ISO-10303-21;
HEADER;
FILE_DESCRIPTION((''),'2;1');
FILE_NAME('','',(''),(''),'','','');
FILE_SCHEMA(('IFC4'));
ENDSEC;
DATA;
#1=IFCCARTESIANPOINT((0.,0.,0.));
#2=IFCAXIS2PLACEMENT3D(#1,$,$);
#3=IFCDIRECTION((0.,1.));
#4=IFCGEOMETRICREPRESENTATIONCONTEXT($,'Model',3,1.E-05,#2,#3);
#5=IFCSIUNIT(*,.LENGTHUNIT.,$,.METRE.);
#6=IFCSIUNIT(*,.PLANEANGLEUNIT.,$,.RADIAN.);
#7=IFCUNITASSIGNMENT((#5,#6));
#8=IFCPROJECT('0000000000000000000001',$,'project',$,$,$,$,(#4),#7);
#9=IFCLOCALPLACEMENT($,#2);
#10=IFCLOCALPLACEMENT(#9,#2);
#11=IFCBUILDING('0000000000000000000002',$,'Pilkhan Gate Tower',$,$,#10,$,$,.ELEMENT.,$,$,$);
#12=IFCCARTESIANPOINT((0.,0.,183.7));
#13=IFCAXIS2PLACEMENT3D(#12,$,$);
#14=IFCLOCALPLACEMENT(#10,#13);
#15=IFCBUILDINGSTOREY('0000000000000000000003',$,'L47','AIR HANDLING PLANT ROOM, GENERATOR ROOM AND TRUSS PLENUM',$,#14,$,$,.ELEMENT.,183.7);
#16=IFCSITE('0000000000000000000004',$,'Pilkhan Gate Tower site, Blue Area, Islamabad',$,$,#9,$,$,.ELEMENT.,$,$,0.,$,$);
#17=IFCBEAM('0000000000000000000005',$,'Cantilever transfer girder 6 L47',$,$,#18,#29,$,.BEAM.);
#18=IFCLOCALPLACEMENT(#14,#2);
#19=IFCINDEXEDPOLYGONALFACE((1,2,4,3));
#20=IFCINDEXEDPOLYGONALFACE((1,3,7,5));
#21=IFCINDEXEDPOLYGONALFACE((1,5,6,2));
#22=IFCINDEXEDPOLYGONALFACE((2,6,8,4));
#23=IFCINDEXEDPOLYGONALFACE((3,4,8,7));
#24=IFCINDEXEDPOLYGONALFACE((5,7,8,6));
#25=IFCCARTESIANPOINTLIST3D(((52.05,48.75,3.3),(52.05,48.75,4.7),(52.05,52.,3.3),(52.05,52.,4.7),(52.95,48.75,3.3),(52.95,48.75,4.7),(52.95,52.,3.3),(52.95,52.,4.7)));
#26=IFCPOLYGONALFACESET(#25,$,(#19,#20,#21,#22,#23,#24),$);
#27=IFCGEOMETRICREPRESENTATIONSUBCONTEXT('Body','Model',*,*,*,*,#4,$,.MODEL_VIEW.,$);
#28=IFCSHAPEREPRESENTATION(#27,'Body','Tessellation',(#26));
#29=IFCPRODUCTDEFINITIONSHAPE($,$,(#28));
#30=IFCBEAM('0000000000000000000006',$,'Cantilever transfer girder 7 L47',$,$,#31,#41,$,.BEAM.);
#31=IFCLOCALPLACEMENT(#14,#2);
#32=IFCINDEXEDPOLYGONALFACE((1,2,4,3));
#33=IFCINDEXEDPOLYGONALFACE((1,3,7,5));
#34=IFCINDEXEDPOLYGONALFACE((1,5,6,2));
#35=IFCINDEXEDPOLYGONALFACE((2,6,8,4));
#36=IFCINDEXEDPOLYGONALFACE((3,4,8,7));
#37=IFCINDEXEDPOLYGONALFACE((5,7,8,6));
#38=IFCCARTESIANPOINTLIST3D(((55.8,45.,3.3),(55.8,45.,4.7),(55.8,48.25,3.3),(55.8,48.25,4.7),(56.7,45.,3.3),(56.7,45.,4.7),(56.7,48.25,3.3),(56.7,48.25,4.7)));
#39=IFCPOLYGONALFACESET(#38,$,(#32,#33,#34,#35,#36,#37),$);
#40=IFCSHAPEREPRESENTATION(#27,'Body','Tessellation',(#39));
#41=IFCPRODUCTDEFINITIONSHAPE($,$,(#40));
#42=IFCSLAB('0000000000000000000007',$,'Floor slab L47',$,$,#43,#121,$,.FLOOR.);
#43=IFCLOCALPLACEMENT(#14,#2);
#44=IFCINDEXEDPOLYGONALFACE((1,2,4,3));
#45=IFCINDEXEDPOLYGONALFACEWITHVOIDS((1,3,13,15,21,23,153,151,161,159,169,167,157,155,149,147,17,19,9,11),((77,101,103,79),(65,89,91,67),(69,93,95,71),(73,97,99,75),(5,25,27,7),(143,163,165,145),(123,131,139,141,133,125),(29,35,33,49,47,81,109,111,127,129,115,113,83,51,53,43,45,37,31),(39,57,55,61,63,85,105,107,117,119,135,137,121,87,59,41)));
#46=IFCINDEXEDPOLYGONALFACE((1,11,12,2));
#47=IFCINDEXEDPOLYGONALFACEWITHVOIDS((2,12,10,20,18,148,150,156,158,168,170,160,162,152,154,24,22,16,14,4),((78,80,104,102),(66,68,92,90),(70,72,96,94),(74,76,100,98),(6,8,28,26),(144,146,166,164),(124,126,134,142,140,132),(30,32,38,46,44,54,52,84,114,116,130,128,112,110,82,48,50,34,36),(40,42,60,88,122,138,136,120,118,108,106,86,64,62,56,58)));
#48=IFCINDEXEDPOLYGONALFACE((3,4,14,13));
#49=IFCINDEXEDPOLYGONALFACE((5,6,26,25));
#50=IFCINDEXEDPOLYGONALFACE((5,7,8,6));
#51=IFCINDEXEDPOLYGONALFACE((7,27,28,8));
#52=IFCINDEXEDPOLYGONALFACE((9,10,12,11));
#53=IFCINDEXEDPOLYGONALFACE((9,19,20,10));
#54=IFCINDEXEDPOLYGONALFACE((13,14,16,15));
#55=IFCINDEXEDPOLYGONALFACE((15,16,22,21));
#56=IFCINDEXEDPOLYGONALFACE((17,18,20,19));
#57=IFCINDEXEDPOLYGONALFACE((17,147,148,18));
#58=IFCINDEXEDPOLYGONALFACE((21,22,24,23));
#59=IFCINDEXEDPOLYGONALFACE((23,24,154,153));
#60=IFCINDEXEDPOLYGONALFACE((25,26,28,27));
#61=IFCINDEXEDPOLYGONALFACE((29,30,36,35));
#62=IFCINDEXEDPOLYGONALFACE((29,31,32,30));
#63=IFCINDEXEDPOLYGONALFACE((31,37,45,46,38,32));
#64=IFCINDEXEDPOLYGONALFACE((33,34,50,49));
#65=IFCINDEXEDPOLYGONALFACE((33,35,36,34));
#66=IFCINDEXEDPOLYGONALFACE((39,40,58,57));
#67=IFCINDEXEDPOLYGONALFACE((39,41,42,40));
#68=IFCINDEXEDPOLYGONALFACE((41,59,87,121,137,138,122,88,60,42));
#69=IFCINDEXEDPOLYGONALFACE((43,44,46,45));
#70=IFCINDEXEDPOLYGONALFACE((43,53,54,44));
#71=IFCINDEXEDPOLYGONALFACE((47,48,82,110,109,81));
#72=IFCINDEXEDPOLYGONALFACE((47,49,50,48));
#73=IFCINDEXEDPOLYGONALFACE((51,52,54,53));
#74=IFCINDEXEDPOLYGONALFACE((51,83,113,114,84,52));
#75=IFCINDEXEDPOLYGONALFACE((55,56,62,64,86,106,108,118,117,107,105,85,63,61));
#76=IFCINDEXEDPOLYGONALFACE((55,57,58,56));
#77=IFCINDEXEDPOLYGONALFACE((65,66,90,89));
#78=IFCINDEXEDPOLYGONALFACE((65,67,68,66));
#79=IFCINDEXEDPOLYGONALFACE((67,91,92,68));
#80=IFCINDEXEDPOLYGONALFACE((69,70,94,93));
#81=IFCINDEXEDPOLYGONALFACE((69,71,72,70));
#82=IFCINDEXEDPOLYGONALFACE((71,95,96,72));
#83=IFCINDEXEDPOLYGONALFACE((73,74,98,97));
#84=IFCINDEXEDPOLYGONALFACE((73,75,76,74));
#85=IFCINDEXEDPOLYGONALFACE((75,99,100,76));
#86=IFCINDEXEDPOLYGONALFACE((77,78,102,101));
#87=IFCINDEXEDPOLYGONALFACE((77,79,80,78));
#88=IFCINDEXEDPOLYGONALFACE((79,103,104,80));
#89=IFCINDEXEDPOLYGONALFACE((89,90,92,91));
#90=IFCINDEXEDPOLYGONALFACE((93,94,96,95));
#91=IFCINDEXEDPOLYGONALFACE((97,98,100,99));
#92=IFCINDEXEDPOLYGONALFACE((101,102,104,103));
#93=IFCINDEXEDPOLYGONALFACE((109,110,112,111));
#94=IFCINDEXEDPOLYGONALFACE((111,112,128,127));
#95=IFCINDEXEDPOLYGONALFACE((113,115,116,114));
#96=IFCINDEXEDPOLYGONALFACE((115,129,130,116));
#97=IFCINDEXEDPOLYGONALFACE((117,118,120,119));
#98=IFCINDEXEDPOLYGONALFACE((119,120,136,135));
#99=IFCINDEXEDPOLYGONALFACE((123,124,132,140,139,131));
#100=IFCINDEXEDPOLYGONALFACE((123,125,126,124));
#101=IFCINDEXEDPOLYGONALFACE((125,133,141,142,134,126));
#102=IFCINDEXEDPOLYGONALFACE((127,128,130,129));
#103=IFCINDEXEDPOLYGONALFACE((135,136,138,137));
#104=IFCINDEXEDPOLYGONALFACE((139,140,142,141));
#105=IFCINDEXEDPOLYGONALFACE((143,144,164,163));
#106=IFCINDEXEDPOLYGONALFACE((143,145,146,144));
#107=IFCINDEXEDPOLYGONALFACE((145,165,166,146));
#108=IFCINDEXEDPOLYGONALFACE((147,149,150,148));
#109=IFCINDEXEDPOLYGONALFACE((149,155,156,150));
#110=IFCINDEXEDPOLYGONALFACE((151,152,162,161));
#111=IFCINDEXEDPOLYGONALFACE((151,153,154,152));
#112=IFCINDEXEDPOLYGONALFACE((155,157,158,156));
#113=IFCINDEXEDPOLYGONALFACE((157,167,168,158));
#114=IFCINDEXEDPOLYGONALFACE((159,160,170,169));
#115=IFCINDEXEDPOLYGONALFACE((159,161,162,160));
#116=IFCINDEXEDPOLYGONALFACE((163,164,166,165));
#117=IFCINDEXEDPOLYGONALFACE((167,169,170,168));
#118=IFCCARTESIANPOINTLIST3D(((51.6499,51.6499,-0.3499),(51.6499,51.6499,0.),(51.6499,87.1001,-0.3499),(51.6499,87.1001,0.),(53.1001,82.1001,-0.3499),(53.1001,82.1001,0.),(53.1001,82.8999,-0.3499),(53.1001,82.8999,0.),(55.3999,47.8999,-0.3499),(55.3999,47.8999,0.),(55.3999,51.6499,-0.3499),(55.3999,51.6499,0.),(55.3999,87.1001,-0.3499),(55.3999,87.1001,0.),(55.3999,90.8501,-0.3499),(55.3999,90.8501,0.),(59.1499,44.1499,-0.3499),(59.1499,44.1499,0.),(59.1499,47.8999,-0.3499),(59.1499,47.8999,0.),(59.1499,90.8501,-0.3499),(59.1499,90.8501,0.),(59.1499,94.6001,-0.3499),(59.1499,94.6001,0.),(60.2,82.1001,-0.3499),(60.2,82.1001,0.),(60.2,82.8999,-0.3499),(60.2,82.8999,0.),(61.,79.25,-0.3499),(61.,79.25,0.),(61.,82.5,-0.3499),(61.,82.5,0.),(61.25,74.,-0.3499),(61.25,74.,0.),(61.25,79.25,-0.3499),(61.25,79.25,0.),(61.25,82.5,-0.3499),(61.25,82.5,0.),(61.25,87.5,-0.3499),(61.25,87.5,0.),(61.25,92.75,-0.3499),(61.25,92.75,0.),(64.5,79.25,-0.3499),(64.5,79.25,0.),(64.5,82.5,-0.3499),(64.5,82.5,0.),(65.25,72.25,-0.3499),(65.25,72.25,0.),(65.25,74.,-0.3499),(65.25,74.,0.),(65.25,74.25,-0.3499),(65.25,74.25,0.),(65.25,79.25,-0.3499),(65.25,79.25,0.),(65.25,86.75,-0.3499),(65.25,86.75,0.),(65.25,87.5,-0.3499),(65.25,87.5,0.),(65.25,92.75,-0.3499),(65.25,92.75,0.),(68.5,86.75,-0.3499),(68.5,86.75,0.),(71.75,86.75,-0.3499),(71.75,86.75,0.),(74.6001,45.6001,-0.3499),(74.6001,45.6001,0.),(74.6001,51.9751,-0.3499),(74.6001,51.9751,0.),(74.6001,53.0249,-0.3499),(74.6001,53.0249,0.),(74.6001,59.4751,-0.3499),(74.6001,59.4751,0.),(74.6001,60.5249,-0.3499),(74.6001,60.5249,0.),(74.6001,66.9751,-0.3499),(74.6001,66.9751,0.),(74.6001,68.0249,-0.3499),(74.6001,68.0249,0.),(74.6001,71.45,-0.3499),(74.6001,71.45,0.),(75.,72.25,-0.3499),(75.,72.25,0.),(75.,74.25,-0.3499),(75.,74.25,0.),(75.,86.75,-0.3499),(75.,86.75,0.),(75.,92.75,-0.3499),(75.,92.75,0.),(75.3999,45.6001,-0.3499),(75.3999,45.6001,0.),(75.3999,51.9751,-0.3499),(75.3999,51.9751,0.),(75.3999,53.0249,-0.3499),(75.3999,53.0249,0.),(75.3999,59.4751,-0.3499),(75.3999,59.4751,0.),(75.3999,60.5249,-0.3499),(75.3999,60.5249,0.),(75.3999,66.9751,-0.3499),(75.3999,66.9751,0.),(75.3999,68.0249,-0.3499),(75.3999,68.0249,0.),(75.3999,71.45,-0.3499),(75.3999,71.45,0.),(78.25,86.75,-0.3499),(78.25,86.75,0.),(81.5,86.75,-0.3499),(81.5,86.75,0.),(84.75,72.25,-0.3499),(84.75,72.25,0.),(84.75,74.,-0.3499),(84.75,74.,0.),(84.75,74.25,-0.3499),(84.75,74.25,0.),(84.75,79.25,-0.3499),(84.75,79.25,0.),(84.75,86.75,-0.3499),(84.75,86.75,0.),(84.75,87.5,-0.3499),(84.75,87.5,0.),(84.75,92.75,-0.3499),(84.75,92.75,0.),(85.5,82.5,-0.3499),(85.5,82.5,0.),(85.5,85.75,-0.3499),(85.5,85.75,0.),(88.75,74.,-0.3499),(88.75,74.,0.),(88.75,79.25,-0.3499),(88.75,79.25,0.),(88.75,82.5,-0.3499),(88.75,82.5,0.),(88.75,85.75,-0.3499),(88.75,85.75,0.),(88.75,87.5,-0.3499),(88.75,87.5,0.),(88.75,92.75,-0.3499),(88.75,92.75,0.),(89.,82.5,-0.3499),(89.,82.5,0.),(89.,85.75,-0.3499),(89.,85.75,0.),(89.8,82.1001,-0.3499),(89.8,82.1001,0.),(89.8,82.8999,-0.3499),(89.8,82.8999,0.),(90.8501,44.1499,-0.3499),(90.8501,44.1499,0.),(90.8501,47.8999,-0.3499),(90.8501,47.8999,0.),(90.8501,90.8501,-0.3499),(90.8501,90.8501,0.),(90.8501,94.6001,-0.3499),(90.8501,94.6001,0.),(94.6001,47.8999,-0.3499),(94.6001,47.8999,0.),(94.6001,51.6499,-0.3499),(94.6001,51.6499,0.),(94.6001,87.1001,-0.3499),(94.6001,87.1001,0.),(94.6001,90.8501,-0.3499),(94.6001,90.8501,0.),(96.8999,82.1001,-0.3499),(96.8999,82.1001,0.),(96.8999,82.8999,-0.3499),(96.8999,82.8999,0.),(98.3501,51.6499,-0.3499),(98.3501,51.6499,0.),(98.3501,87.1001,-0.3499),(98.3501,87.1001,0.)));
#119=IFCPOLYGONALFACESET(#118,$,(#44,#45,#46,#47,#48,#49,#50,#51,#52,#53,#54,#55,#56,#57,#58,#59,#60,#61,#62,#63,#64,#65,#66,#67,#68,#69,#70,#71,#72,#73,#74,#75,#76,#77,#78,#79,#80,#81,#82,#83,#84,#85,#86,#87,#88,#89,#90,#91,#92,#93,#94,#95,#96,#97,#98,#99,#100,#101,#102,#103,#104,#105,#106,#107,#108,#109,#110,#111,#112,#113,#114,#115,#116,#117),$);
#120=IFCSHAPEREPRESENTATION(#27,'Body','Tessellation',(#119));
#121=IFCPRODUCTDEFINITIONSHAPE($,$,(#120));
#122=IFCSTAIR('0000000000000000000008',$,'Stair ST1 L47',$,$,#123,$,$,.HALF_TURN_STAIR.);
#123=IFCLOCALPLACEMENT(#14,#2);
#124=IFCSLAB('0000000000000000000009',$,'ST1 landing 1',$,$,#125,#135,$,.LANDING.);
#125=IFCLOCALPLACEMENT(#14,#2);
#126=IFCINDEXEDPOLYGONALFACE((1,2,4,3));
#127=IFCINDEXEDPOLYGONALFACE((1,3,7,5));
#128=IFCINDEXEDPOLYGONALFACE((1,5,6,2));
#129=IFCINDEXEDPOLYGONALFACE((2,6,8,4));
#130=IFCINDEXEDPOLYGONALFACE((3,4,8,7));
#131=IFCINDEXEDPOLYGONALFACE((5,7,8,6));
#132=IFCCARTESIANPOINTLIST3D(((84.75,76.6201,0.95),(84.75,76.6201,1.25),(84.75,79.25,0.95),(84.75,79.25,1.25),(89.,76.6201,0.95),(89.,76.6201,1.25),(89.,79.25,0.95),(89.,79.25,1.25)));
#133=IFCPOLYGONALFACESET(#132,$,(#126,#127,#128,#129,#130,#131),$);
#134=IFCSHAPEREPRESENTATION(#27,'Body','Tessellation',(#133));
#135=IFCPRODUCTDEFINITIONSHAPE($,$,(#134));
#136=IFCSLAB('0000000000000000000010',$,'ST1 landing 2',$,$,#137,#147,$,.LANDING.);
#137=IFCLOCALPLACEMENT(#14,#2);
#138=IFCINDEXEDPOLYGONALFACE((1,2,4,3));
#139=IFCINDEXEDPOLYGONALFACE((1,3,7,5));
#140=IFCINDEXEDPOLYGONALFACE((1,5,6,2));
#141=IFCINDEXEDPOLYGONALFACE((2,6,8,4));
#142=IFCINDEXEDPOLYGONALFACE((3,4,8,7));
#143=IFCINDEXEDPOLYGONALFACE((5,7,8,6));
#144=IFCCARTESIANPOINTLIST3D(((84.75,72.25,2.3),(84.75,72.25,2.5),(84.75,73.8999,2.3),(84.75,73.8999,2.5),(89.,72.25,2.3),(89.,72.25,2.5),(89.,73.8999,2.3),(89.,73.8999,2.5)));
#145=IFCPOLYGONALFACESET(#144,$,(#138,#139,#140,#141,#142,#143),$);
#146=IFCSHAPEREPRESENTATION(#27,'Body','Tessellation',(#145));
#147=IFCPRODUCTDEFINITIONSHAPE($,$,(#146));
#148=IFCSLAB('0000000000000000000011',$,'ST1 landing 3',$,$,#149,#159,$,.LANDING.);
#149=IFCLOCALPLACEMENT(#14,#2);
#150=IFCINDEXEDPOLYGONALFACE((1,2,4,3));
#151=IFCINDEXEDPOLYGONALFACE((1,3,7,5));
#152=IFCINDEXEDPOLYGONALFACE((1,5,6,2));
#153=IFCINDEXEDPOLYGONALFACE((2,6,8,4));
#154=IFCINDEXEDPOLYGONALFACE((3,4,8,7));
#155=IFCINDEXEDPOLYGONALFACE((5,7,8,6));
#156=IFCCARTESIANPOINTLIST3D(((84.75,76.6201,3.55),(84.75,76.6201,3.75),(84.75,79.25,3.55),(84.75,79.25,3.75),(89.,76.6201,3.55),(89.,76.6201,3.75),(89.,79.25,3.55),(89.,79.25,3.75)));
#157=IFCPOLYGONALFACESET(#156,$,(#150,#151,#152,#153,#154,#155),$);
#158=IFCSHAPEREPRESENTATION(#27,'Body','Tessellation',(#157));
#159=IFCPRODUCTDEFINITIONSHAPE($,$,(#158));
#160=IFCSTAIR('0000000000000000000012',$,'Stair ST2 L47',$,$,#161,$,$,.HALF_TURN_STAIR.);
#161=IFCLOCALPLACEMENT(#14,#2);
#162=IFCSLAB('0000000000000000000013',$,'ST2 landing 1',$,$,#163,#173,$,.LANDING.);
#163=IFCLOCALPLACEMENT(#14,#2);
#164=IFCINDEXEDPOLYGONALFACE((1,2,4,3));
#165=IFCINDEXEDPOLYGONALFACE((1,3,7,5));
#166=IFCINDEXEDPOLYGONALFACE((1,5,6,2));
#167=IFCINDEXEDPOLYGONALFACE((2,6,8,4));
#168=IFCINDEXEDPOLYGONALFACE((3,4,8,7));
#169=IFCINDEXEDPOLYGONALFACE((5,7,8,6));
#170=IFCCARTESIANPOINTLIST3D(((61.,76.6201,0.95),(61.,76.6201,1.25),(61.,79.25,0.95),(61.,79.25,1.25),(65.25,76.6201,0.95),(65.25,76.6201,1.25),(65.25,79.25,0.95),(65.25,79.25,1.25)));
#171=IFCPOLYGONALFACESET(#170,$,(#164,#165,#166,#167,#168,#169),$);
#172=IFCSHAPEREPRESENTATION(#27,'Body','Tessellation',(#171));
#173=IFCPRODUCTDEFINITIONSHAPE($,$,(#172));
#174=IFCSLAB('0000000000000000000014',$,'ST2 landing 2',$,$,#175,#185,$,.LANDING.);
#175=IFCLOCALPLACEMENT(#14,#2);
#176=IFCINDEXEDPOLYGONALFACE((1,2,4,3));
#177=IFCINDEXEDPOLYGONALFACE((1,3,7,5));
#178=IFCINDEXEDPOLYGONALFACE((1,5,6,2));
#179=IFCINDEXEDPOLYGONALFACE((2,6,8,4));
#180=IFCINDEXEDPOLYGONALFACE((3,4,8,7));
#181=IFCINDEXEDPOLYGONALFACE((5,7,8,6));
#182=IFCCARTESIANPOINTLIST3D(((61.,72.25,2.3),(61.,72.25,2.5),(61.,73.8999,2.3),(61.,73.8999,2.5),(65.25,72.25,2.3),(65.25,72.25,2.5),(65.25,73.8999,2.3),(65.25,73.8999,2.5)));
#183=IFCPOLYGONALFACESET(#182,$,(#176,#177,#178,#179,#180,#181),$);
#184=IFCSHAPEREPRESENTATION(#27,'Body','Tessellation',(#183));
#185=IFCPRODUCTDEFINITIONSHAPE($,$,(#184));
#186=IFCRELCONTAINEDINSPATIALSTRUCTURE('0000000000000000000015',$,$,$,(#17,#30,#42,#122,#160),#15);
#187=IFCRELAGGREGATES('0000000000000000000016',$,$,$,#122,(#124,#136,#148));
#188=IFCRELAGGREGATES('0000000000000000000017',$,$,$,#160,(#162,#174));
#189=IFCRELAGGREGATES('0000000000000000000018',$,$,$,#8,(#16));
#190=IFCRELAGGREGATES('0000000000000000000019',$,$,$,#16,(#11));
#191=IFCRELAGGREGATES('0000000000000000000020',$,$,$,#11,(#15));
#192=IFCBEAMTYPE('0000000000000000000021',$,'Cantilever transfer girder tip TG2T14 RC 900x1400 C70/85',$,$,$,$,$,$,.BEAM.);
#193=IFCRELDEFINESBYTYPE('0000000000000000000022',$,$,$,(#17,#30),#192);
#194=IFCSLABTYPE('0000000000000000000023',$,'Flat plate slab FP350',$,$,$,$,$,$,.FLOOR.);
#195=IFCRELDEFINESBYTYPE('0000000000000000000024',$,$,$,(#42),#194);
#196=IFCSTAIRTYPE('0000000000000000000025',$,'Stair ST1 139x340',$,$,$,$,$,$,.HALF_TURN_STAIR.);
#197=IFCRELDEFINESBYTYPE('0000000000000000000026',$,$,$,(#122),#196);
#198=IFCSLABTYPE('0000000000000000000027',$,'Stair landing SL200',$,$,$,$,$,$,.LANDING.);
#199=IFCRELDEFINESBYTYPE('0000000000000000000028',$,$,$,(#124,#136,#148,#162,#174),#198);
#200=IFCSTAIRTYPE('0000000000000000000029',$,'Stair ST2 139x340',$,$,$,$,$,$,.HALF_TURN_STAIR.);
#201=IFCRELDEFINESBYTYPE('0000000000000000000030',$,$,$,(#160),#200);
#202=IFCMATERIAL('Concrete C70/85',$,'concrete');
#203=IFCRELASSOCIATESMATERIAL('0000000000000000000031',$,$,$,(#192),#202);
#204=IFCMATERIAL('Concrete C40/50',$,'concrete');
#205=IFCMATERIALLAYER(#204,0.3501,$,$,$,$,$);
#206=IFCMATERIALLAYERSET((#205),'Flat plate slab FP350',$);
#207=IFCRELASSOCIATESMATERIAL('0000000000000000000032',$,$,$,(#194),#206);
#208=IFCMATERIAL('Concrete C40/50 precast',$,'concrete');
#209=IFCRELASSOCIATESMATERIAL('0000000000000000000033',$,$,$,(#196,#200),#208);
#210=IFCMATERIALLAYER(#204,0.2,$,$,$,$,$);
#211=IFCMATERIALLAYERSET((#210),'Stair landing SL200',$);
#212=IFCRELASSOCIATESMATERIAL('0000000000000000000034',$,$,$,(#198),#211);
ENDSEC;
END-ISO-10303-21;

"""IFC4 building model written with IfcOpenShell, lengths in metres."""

from ifc_helpers import new_model, si_unit, direction, frame, origin, origin_2d, place, context, subcontext, project, spatial, polyline, rectangle, outline, extrude, material, layer, layer_set, material_profile, profile_set, type_object, element, aggregate, save


model = new_model("IFC4")

# Units and contexts
model_context = context("Model", 3, precision=1e-05, world=origin(), true_north=direction((0.0, 1.0)))
body_context = subcontext(model_context, "Body", "Model", "MODEL_VIEW")
ifc_project = project(units=[si_unit("LENGTHUNIT", "METRE"), si_unit("PLANEANGLEUNIT", "RADIAN")], contexts=[model_context])

# Site, building, storey
site_placement = place(None, origin())
site = spatial("IfcSite", under=ifc_project, at=site_placement, Name="Pilkhan Gate Tower site, Blue Area, Islamabad", CompositionType="ELEMENT", RefElevation=0.0)
building_placement = place(site_placement, origin())
building = spatial("IfcBuilding", under=site, at=building_placement, Name="Pilkhan Gate Tower", CompositionType="ELEMENT")
storey_placement = place(building_placement, frame((0.0, 0.0, 183.7)))
storey = spatial("IfcBuildingStorey", under=building, at=storey_placement, Name="L47", Description="AIR HANDLING PLANT ROOM, GENERATOR ROOM AND TRUSS PLENUM", CompositionType="ELEMENT", Elevation=183.7)

# Beams
ifc_material_1 = material(Name="Concrete C70/85", Category="concrete")
ifc_material_profile = material_profile(ifc_material_1, rectangle(XDim=0.8999, YDim=1.3999, at=origin_2d()), Name="RC 900x1400")
ifc_profile_set = profile_set([ifc_material_profile], Name="Concrete C70/85")
beam_type = type_object("IfcBeamType", Name="Cantilever transfer girder tip TG2T14 RC 900x1400 C70/85", PredefinedType="BEAM", material=ifc_profile_set)
for number, where, z_axis, x_axis, name in (
    (1, (52.5, 48.75, 4.0), (0.0, 1.0, 0.0), (-1.0, 0.0, 0.0), "Cantilever transfer girder 6 L47"),
    (2, (56.25, 45.0, 4.0), (0.0, 1.0, 0.0), (-1.0, 0.0, 0.0), "Cantilever transfer girder 7 L47"),
):
    element("IfcBeam", number, at=place(storey_placement, frame(where, z_axis=z_axis, x_axis=x_axis)), inside=storey, type_object=beam_type, Name=name, PredefinedType="BEAM", context=body_context, shape_type="SweptSolid", body=[
        extrude(rectangle(XDim=0.8999, YDim=1.3999, at=origin_2d()), origin(), (0.0, 0.0, 1.0), 3.25),
    ])

# Slab
ifc_material_2 = material(Name="Concrete C40/50", Category="concrete")
ifc_layer_1 = layer(ifc_material_2, 0.3501)
ifc_layer_set_1 = layer_set([ifc_layer_1], Name="Flat plate slab FP350")
slab_type_1 = type_object("IfcSlabType", Name="Flat plate slab FP350", PredefinedType="FLOOR", material=ifc_layer_set_1)
slab_1_placement = place(storey_placement, frame((0.0, 0.0, -0.3499)))
element("IfcSlab", 3, at=slab_1_placement, inside=storey, type_object=slab_type_1, Name="Floor slab L47", PredefinedType="FLOOR", context=body_context, shape_type="SweptSolid", body=[
    extrude(outline(polyline([(94.6001, 47.8999), (90.8501, 47.8999), (90.8501, 44.1499), (59.1499, 44.1499), (59.1499, 47.8999), (55.3999, 47.8999), (55.3999, 51.6499), (51.6499, 51.6499), (51.6499, 87.1001), (55.3999, 87.1001), (55.3999, 90.8501), (59.1499, 90.8501), (59.1499, 94.6001), (90.8501, 94.6001), (90.8501, 90.8501), (94.6001, 90.8501), (94.6001, 87.1001), (98.3501, 87.1001), (98.3501, 51.6499), (94.6001, 51.6499), (94.6001, 47.8999)]), holes=[polyline([(96.8999, 82.8999), (89.8, 82.8999), (89.8, 82.1001), (96.8999, 82.1001), (96.8999, 82.8999)]), polyline([(75.0, 72.25), (84.75, 72.25), (84.75, 74.0), (88.75, 74.0), (88.75, 79.25), (84.75, 79.25), (84.75, 74.25), (75.0, 74.25), (65.25, 74.25), (65.25, 79.25), (64.5, 79.25), (64.5, 82.5), (61.25, 82.5), (61.0, 82.5), (61.0, 79.25), (61.25, 79.25), (61.25, 74.0), (65.25, 74.0), (65.25, 72.25), (75.0, 72.25)]), polyline([(68.5, 86.75), (71.75, 86.75), (75.0, 86.75), (78.25, 86.75), (81.5, 86.75), (84.75, 86.75), (84.75, 87.5), (88.75, 87.5), (88.75, 92.75), (84.75, 92.75), (75.0, 92.75), (65.25, 92.75), (61.25, 92.75), (61.25, 87.5), (65.25, 87.5), (65.25, 86.75), (68.5, 86.75)]), polyline([(85.5, 85.75), (85.5, 82.5), (88.75, 82.5), (89.0, 82.5), (89.0, 85.75), (88.75, 85.75), (85.5, 85.75)]), polyline([(74.6001, 51.9751), (74.6001, 45.6001), (75.3999, 45.6001), (75.3999, 51.9751), (74.6001, 51.9751)]), polyline([(74.6001, 59.4751), (74.6001, 53.0249), (75.3999, 53.0249), (75.3999, 59.4751), (74.6001, 59.4751)]), polyline([(74.6001, 66.9751), (74.6001, 60.5249), (75.3999, 60.5249), (75.3999, 66.9751), (74.6001, 66.9751)]), polyline([(74.6001, 71.45), (74.6001, 68.0249), (75.3999, 68.0249), (75.3999, 71.45), (74.6001, 71.45)]), polyline([(53.1001, 82.8999), (53.1001, 82.1001), (60.2, 82.1001), (60.2, 82.8999), (53.1001, 82.8999)])]), origin(), (0.0, 0.0, 1.0), 0.3499),
])

# Stairs, slabs
ifc_material_3 = material(Name="Concrete C40/50 precast", Category="concrete")
stair_type_1 = type_object("IfcStairType", Name="Stair ST1 139x340", PredefinedType="HALF_TURN_STAIR", material=ifc_material_3)
stair_1_placement = place(storey_placement, origin())
stair_1 = element("IfcStair", 4, at=stair_1_placement, inside=storey, type_object=stair_type_1, Name="Stair ST1 L47", PredefinedType="HALF_TURN_STAIR")
ifc_layer_2 = layer(ifc_material_2, 0.2)
ifc_layer_set_2 = layer_set([ifc_layer_2], Name="Stair landing SL200")
slab_type_2 = type_object("IfcSlabType", Name="Stair landing SL200", PredefinedType="LANDING", material=ifc_layer_set_2)
slab_2_placement = place(storey_placement, frame((0.0, 0.0, 0.95)))
slab_2 = element("IfcSlab", 5, at=slab_2_placement, type_object=slab_type_2, Name="ST1 landing 1", PredefinedType="LANDING", context=body_context, shape_type="SweptSolid", body=[
    extrude(outline(polyline([(89.0, 76.6201), (89.0, 79.25), (84.75, 79.25), (84.75, 76.6201), (89.0, 76.6201)])), origin(), (0.0, 0.0, 1.0), 0.3),
])
slab_3_placement = place(storey_placement, frame((0.0, 0.0, 2.3)))
slab_3 = element("IfcSlab", 6, at=slab_3_placement, type_object=slab_type_2, Name="ST1 landing 2", PredefinedType="LANDING", context=body_context, shape_type="SweptSolid", body=[
    extrude(outline(polyline([(89.0, 72.25), (89.0, 73.8999), (84.75, 73.8999), (84.75, 72.25), (89.0, 72.25)])), origin(), (0.0, 0.0, 1.0), 0.2),
])
slab_4_placement = place(storey_placement, frame((0.0, 0.0, 3.55)))
slab_4 = element("IfcSlab", 7, at=slab_4_placement, type_object=slab_type_2, Name="ST1 landing 3", PredefinedType="LANDING", context=body_context, shape_type="SweptSolid", body=[
    extrude(outline(polyline([(89.0, 76.6201), (89.0, 79.25), (84.75, 79.25), (84.75, 76.6201), (89.0, 76.6201)])), origin(), (0.0, 0.0, 1.0), 0.2),
])
aggregate(stair_1, [slab_2, slab_3, slab_4])
stair_type_2 = type_object("IfcStairType", Name="Stair ST2 139x340", PredefinedType="HALF_TURN_STAIR", material=ifc_material_3)
stair_2_placement = place(storey_placement, origin())
stair_2 = element("IfcStair", 8, at=stair_2_placement, inside=storey, type_object=stair_type_2, Name="Stair ST2 L47", PredefinedType="HALF_TURN_STAIR")
slab_5_placement = place(storey_placement, frame((0.0, 0.0, 0.95)))
slab_5 = element("IfcSlab", 9, at=slab_5_placement, type_object=slab_type_2, Name="ST2 landing 1", PredefinedType="LANDING", context=body_context, shape_type="SweptSolid", body=[
    extrude(outline(polyline([(65.25, 76.6201), (65.25, 79.25), (61.0, 79.25), (61.0, 76.6201), (65.25, 76.6201)])), origin(), (0.0, 0.0, 1.0), 0.3),
])
slab_6_placement = place(storey_placement, frame((0.0, 0.0, 2.3)))
slab_6 = element("IfcSlab", 10, at=slab_6_placement, type_object=slab_type_2, Name="ST2 landing 2", PredefinedType="LANDING", context=body_context, shape_type="SweptSolid", body=[
    extrude(outline(polyline([(65.25, 72.25), (65.25, 73.8999), (61.0, 73.8999), (61.0, 72.25), (65.25, 72.25)])), origin(), (0.0, 0.0, 1.0), 0.2),
])
aggregate(stair_2, [slab_5, slab_6])

save(model, "model.ifc")
